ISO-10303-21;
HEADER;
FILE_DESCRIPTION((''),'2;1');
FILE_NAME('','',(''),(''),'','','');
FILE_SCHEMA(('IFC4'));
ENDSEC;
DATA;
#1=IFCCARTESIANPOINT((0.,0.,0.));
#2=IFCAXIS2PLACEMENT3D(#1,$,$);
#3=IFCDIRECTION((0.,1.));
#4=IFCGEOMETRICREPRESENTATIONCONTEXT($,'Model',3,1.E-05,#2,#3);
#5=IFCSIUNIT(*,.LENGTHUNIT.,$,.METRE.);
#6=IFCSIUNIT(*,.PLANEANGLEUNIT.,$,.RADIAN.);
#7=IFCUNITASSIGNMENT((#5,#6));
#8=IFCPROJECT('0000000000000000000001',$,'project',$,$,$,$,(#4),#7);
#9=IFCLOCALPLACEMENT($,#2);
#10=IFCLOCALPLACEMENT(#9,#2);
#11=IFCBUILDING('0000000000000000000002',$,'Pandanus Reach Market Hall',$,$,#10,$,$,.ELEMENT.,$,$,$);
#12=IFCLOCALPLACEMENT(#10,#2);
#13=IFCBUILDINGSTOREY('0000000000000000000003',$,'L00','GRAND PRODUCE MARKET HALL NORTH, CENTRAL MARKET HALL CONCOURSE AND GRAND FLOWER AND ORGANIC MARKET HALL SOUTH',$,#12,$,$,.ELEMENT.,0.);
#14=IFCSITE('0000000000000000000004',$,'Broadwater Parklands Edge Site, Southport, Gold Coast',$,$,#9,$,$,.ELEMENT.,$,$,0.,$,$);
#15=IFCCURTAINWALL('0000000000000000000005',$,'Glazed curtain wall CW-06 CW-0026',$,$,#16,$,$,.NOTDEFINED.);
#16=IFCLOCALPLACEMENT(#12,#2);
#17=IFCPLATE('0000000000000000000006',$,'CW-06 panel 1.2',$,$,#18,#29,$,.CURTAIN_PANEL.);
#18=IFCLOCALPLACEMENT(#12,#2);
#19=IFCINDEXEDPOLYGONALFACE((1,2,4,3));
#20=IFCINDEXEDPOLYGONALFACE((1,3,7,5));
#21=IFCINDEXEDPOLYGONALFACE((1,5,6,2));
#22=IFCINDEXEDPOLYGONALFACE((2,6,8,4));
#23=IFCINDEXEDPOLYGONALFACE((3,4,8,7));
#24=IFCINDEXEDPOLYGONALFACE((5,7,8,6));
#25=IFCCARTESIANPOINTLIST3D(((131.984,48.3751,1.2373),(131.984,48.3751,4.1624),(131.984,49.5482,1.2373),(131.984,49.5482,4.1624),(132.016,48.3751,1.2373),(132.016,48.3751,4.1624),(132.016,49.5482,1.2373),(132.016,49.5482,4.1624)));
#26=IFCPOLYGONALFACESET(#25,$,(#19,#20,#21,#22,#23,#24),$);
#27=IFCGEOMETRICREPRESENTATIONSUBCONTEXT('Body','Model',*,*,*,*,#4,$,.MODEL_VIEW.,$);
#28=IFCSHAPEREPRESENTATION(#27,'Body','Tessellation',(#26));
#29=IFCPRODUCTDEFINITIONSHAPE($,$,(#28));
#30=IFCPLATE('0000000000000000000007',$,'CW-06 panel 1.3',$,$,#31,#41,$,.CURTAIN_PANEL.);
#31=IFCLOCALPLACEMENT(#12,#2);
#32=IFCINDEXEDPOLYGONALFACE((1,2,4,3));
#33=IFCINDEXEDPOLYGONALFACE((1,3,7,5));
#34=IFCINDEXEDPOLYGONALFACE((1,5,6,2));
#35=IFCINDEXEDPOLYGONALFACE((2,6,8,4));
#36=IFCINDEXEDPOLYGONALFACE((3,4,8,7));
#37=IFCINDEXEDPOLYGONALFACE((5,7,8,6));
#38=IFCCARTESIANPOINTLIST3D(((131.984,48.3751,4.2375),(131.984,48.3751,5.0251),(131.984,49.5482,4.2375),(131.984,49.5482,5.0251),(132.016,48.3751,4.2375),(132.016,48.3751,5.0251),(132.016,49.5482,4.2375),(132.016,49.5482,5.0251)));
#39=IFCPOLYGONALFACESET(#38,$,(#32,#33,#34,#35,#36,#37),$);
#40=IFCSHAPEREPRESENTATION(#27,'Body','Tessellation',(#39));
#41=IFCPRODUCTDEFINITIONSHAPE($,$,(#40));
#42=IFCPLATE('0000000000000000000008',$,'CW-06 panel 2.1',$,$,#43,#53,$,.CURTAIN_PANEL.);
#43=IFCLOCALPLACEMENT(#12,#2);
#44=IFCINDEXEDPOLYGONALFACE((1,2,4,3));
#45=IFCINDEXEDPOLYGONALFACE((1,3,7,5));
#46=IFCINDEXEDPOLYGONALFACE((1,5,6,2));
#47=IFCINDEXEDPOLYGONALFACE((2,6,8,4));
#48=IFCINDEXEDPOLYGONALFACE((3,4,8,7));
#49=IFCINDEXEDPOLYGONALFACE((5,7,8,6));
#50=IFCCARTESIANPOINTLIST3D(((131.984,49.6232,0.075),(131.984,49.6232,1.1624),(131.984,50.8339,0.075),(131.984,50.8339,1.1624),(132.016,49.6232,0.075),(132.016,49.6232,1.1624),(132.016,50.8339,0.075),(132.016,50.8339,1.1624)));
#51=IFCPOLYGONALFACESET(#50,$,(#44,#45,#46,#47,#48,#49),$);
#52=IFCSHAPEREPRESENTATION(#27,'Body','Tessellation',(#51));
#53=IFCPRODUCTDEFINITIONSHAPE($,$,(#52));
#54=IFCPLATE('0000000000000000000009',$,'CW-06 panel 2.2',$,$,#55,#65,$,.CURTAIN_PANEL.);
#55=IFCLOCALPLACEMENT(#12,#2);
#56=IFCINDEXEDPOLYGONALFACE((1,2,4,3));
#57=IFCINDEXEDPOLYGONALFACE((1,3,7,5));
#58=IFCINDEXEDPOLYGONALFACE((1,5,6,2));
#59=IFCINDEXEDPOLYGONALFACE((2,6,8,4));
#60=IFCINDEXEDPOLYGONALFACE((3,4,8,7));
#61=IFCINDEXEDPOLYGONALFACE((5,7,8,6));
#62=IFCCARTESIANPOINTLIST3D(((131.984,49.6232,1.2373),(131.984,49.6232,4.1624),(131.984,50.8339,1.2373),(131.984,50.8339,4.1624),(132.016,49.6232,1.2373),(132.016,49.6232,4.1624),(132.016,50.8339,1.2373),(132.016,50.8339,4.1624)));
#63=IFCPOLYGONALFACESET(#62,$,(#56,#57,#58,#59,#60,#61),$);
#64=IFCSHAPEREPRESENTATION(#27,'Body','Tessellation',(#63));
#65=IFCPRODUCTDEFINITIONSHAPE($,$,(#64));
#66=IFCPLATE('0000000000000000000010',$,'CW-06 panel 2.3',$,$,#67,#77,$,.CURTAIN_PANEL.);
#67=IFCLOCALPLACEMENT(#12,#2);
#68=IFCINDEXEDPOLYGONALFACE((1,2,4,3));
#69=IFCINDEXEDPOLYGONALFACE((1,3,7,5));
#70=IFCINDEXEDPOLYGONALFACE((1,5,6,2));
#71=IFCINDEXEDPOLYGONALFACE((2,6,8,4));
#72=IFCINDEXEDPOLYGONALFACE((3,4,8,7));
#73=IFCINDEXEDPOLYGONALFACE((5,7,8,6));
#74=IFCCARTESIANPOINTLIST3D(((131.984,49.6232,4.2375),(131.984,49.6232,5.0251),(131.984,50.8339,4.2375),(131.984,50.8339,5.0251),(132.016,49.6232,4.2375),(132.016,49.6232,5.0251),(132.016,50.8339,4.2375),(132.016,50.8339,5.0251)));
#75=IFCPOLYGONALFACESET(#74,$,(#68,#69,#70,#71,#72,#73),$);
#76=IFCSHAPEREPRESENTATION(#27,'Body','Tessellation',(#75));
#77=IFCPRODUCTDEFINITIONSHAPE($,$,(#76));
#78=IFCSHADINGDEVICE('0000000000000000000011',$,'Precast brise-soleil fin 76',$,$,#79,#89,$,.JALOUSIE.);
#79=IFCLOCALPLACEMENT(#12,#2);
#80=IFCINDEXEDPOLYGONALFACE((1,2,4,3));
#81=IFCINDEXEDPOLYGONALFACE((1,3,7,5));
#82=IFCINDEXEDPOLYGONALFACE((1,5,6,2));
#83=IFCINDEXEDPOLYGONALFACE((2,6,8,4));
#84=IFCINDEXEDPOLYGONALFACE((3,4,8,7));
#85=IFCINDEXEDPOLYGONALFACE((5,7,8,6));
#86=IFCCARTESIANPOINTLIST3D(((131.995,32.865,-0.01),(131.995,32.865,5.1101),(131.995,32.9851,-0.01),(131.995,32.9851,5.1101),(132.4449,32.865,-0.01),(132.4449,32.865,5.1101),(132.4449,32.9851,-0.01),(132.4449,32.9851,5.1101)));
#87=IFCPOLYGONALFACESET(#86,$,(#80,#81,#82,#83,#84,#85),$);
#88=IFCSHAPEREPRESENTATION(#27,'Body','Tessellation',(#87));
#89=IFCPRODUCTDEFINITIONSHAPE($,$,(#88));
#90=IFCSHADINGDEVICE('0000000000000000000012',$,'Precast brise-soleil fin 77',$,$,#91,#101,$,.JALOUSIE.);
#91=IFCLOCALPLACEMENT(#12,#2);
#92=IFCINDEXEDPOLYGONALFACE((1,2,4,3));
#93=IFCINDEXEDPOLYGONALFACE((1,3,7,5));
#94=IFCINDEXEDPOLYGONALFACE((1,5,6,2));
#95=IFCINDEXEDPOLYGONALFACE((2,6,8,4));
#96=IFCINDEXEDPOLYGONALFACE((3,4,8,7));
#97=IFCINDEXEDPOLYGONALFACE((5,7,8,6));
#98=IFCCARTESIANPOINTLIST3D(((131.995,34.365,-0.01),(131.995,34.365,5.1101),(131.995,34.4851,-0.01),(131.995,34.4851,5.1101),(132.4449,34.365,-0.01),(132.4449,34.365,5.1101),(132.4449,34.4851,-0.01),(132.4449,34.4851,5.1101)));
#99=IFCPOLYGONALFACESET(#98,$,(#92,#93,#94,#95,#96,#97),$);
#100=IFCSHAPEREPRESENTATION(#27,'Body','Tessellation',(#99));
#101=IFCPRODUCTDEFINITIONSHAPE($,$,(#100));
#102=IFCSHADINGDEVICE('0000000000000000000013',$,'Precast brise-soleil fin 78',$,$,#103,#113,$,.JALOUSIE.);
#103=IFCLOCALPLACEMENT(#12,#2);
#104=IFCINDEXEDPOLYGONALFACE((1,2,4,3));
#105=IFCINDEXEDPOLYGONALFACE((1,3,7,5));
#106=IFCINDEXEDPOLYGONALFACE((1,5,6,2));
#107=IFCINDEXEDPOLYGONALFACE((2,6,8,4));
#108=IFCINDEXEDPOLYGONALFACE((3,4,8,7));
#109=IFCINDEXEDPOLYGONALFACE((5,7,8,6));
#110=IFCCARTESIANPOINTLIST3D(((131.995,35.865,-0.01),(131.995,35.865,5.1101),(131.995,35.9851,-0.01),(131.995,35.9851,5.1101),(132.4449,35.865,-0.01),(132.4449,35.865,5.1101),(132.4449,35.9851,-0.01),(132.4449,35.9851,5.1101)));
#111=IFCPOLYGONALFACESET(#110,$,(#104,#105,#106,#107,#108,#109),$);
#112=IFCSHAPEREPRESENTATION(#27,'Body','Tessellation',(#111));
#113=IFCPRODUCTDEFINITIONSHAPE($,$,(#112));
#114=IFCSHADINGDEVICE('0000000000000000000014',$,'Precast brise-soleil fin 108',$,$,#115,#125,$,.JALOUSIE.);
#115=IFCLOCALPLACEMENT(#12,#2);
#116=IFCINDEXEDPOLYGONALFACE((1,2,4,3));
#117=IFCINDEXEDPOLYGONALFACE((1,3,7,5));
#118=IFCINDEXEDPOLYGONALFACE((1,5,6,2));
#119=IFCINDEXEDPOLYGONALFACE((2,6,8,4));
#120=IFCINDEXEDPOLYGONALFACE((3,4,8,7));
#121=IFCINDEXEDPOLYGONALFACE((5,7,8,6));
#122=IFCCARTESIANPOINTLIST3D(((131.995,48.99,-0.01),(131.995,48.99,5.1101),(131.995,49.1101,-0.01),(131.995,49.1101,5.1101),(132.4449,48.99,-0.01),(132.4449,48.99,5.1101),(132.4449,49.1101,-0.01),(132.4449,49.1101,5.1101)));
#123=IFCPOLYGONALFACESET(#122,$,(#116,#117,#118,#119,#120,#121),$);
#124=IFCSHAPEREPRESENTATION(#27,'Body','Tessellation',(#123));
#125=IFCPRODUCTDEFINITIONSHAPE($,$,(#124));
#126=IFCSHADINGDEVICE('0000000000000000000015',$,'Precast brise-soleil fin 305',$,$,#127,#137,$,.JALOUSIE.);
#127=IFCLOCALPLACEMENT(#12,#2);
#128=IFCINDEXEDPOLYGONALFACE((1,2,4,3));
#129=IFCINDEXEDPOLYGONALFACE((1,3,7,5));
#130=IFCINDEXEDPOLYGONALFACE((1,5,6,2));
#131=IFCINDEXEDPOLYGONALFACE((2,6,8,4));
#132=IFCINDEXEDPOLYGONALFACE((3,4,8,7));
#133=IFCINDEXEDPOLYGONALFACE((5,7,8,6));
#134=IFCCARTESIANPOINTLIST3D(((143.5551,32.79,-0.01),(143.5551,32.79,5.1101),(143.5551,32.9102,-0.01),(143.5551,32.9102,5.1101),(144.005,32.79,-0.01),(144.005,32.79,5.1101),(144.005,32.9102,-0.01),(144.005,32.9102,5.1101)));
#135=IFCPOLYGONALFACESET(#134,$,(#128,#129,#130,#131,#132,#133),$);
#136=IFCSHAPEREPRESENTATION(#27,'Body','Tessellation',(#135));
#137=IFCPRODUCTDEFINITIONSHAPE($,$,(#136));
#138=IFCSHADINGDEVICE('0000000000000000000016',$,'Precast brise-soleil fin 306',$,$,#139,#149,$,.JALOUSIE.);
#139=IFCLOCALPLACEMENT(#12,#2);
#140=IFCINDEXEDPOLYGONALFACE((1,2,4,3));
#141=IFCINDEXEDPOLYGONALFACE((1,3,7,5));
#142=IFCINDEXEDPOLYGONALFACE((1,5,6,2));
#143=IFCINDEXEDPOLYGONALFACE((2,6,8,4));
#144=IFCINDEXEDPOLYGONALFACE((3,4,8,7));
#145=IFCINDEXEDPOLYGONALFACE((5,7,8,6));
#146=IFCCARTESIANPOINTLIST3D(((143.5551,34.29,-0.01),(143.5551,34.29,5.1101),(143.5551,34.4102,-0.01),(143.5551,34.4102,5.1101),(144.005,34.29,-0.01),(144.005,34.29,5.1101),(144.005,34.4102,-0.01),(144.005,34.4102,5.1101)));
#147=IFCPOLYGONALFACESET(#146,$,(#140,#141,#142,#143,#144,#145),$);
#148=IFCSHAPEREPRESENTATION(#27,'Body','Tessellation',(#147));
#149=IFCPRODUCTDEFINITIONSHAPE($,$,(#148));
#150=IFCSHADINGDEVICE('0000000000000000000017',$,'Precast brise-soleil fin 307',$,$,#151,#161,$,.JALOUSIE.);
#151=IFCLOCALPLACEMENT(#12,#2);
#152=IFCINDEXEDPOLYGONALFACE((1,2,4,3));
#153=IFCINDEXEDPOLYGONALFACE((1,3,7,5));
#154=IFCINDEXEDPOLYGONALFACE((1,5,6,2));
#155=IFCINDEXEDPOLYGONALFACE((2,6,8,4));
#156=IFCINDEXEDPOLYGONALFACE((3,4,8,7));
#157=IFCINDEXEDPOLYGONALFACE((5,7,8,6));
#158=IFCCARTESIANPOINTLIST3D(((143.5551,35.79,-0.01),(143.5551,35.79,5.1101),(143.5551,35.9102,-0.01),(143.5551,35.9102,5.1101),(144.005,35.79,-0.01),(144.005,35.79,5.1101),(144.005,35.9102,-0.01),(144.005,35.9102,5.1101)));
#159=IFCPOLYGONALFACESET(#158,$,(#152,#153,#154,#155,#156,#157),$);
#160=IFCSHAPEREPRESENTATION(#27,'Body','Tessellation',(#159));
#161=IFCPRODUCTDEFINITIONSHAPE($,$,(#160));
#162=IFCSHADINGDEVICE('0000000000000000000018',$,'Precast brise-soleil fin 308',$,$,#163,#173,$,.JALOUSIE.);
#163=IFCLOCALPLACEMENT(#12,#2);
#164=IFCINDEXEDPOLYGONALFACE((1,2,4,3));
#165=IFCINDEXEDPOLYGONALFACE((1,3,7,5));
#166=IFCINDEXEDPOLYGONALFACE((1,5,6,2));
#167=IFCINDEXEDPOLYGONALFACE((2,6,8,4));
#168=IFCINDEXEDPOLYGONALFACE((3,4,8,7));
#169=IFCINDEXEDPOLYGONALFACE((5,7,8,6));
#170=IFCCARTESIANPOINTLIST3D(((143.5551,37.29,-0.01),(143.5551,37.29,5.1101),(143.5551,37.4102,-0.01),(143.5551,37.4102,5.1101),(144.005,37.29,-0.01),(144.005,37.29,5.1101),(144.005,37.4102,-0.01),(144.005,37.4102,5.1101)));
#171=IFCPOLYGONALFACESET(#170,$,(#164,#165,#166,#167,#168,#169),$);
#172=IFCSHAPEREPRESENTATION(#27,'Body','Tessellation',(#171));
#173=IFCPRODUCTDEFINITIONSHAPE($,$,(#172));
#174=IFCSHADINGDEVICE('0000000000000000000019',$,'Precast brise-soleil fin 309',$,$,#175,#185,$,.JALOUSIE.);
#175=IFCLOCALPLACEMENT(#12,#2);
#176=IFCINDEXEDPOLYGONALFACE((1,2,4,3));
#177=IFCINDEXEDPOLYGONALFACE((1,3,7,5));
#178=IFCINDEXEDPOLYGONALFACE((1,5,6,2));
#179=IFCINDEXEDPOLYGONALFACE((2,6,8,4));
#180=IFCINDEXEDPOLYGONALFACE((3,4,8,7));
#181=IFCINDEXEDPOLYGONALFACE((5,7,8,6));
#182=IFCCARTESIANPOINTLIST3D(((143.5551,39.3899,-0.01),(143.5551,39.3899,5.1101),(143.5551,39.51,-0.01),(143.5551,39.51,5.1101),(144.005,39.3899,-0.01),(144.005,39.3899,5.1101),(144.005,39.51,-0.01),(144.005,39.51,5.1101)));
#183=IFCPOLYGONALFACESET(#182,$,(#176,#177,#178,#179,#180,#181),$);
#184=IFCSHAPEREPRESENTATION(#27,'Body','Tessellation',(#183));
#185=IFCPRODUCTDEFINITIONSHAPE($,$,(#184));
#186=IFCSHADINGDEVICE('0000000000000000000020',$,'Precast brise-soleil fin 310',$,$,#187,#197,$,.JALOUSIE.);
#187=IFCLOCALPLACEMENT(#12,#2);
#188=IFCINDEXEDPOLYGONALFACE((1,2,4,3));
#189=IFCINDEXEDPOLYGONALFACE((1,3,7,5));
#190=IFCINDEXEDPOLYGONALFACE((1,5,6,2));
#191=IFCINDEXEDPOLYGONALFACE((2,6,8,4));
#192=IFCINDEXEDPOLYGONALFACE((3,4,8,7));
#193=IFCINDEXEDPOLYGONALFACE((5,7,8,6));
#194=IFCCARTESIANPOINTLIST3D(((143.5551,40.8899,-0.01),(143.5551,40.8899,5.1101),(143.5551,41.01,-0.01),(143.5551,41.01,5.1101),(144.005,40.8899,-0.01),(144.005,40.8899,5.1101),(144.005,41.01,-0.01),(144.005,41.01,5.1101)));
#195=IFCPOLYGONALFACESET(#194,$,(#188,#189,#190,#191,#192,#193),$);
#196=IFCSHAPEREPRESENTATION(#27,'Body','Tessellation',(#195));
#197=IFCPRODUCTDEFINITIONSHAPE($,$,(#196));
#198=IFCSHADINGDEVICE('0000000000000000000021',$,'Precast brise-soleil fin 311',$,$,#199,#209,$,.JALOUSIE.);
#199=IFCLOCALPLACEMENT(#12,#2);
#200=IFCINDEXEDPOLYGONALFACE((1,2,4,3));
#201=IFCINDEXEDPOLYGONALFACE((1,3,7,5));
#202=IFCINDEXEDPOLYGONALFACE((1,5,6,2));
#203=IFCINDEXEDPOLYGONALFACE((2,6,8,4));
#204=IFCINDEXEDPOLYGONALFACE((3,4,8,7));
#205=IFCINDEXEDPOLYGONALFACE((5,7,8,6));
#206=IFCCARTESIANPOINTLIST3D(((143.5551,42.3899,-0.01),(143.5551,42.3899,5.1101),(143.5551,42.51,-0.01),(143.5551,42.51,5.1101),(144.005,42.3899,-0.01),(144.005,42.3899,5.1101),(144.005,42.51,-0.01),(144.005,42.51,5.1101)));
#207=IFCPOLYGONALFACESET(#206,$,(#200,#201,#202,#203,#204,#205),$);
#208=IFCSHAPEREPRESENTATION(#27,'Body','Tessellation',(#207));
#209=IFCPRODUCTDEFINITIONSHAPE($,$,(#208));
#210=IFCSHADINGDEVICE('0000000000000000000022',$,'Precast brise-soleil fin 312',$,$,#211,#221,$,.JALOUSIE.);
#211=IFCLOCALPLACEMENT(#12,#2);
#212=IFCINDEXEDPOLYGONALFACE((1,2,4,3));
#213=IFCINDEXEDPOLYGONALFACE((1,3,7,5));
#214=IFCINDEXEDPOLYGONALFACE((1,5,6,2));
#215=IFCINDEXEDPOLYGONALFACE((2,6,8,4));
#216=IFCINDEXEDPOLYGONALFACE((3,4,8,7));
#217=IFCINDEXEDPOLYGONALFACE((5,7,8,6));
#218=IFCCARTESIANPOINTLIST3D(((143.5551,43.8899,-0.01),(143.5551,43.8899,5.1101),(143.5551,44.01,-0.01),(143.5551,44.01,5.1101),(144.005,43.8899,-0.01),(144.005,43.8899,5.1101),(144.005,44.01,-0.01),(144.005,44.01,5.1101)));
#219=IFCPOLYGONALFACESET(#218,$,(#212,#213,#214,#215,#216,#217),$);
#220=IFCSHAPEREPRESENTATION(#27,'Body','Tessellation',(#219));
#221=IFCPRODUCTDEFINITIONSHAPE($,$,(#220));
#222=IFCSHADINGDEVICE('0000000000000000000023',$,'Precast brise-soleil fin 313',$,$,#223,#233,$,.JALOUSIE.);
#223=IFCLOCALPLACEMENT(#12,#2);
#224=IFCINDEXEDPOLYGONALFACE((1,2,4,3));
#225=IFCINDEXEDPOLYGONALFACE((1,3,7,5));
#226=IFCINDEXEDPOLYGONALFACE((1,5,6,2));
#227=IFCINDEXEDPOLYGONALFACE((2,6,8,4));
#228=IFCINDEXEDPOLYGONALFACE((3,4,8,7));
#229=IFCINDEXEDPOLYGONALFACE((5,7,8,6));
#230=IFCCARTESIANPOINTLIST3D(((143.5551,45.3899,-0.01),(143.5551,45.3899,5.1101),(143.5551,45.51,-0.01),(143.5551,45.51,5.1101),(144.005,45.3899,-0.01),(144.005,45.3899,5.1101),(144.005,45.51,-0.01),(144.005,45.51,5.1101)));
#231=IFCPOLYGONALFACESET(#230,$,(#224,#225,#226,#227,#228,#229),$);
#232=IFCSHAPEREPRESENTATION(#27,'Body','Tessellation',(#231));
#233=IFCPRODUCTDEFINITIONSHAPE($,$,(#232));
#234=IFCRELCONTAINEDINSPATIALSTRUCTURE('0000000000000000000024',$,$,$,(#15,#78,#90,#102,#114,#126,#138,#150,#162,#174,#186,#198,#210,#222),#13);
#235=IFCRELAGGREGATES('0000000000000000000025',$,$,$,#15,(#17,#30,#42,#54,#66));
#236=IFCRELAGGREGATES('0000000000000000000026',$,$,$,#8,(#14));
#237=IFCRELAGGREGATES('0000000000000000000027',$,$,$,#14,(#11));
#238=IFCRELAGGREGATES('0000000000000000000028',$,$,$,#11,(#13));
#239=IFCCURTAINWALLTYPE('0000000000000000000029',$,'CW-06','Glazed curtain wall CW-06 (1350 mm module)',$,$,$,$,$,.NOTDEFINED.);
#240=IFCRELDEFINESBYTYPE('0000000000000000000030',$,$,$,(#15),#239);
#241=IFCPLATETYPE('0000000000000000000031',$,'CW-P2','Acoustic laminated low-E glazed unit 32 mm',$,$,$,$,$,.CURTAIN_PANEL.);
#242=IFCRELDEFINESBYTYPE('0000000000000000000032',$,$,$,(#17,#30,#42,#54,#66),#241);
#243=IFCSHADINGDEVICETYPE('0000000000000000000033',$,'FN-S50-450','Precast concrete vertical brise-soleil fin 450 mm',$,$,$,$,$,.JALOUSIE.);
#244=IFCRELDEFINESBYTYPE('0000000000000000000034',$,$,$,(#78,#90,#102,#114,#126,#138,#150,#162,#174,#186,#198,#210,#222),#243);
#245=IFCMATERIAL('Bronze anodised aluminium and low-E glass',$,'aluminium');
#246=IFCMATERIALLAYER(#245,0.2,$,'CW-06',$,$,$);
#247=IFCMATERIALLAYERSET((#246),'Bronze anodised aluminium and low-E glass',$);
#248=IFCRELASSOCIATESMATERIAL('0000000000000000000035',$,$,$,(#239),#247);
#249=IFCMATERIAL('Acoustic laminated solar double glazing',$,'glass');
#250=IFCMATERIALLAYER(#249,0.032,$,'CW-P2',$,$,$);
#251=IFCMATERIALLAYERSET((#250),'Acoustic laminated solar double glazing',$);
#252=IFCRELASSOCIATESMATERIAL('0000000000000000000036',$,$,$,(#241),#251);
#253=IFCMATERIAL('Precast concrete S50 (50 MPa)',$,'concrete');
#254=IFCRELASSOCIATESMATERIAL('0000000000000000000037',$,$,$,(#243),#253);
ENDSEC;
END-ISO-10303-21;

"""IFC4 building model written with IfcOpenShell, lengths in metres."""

from ifc_helpers import new_model, si_unit, direction, frame, origin, origin_2d, place, context, subcontext, project, spatial, rectangle, extrude, material, layer, layer_set, type_object, element, aggregate, save


model = new_model("IFC4")

# Units and contexts
model_context = context("Model", 3, precision=1e-05, world=origin(), true_north=direction((0.0, 1.0)))
body_context = subcontext(model_context, "Body", "Model", "MODEL_VIEW")
ifc_project = project(units=[si_unit("LENGTHUNIT", "METRE"), si_unit("PLANEANGLEUNIT", "RADIAN")], contexts=[model_context])

# Site, building, storey
site_placement = place(None, origin())
site = spatial("IfcSite", under=ifc_project, at=site_placement, Name="Broadwater Parklands Edge Site, Southport, Gold Coast", CompositionType="ELEMENT", RefElevation=0.0)
building_placement = place(site_placement, origin())
building = spatial("IfcBuilding", under=site, at=building_placement, Name="Pandanus Reach Market Hall", CompositionType="ELEMENT")
storey_placement = place(building_placement, origin())
storey = spatial("IfcBuildingStorey", under=building, at=storey_placement, Name="L00", Description="GRAND PRODUCE MARKET HALL NORTH, CENTRAL MARKET HALL CONCOURSE AND GRAND FLOWER AND ORGANIC MARKET HALL SOUTH", CompositionType="ELEMENT", Elevation=0.0)

# Curtain wall, plates
ifc_material_1 = material(Name="Bronze anodised aluminium and low-E glass", Category="aluminium")
ifc_layer_1 = layer(ifc_material_1, 0.2, Name="CW-06")
ifc_layer_set_1 = layer_set([ifc_layer_1], Name="Bronze anodised aluminium and low-E glass")
curtain_wall_type = type_object("IfcCurtainWallType", Name="CW-06", Description="Glazed curtain wall CW-06 (1350 mm module)", PredefinedType="NOTDEFINED", material=ifc_layer_set_1)
curtain_wall_placement = place(storey_placement, origin())
curtain_wall = element("IfcCurtainWall", 1, at=curtain_wall_placement, inside=storey, type_object=curtain_wall_type, Name="Glazed curtain wall CW-06 CW-0026", PredefinedType="NOTDEFINED")
ifc_material_2 = material(Name="Acoustic laminated solar double glazing", Category="glass")
ifc_layer_2 = layer(ifc_material_2, 0.032, Name="CW-P2")
ifc_layer_set_2 = layer_set([ifc_layer_2], Name="Acoustic laminated solar double glazing")
plate_type = type_object("IfcPlateType", Name="CW-P2", Description="Acoustic laminated low-E glazed unit 32 mm", PredefinedType="CURTAIN_PANEL", material=ifc_layer_set_2)
plate_1_placement = place(storey_placement, frame((132.0, 48.9617, 1.2373), z_axis=(0.0, 0.0, 1.0), x_axis=(0.0, 1.0, 0.0)))
plate_1 = element("IfcPlate", 2, at=plate_1_placement, type_object=plate_type, Name="CW-06 panel 1.2", PredefinedType="CURTAIN_PANEL", context=body_context, shape_type="SweptSolid", body=[
    extrude(rectangle(XDim=1.1731, YDim=0.032, at=origin_2d()), origin(), (0.0, 0.0, 1.0), 2.925),
])
plate_2_placement = place(storey_placement, frame((132.0, 48.9617, 4.2375), z_axis=(0.0, 0.0, 1.0), x_axis=(0.0, 1.0, 0.0)))
plate_2 = element("IfcPlate", 3, at=plate_2_placement, type_object=plate_type, Name="CW-06 panel 1.3", PredefinedType="CURTAIN_PANEL", context=body_context, shape_type="SweptSolid", body=[
    extrude(rectangle(XDim=1.1731, YDim=0.032, at=origin_2d()), origin(), (0.0, 0.0, 1.0), 0.7876),
])
plate_3_placement = place(storey_placement, frame((132.0, 50.2285, 0.075), z_axis=(0.0, 0.0, 1.0), x_axis=(0.0, 1.0, 0.0)))
plate_3 = element("IfcPlate", 4, at=plate_3_placement, type_object=plate_type, Name="CW-06 panel 2.1", PredefinedType="CURTAIN_PANEL", context=body_context, shape_type="SweptSolid", body=[
    extrude(rectangle(XDim=1.2107, YDim=0.032, at=origin_2d()), origin(), (0.0, 0.0, 1.0), 1.0874),
])
plate_4_placement = place(storey_placement, frame((132.0, 50.2285, 1.2373), z_axis=(0.0, 0.0, 1.0), x_axis=(0.0, 1.0, 0.0)))
plate_4 = element("IfcPlate", 5, at=plate_4_placement, type_object=plate_type, Name="CW-06 panel 2.2", PredefinedType="CURTAIN_PANEL", context=body_context, shape_type="SweptSolid", body=[
    extrude(rectangle(XDim=1.2107, YDim=0.032, at=origin_2d()), origin(), (0.0, 0.0, 1.0), 2.925),
])
plate_5_placement = place(storey_placement, frame((132.0, 50.2285, 4.2375), z_axis=(0.0, 0.0, 1.0), x_axis=(0.0, 1.0, 0.0)))
plate_5 = element("IfcPlate", 6, at=plate_5_placement, type_object=plate_type, Name="CW-06 panel 2.3", PredefinedType="CURTAIN_PANEL", context=body_context, shape_type="SweptSolid", body=[
    extrude(rectangle(XDim=1.2107, YDim=0.032, at=origin_2d()), origin(), (0.0, 0.0, 1.0), 0.7876),
])
aggregate(curtain_wall, [plate_1, plate_2, plate_3, plate_4, plate_5])

# Shading devices
ifc_material_3 = material(Name="Precast concrete S50 (50 MPa)", Category="concrete")
shading_device_type = type_object("IfcShadingDeviceType", Name="FN-S50-450", Description="Precast concrete vertical brise-soleil fin 450 mm", PredefinedType="JALOUSIE", material=ifc_material_3)
for number, where, z_axis, x_axis, name in (
    (7, (132.22, 32.925, -0.01), (0.0, 0.0, 1.0), (1.0, 0.0, 0.0), "Precast brise-soleil fin 76"),
    (8, (132.22, 34.425, -0.01), (0.0, 0.0, 1.0), (1.0, 0.0, 0.0), "Precast brise-soleil fin 77"),
    (9, (132.22, 35.925, -0.01), (0.0, 0.0, 1.0), (1.0, 0.0, 0.0), "Precast brise-soleil fin 78"),
    (10, (132.22, 49.05, -0.01), (0.0, 0.0, 1.0), (1.0, 0.0, 0.0), "Precast brise-soleil fin 108"),
    (11, (143.78, 32.8501, -0.01), (0.0, 0.0, 1.0), (-1.0, 0.0, 0.0), "Precast brise-soleil fin 305"),
    (12, (143.78, 34.3501, -0.01), (0.0, 0.0, 1.0), (-1.0, 0.0, 0.0), "Precast brise-soleil fin 306"),
    (13, (143.78, 35.8501, -0.01), (0.0, 0.0, 1.0), (-1.0, 0.0, 0.0), "Precast brise-soleil fin 307"),
    (14, (143.78, 37.3501, -0.01), (0.0, 0.0, 1.0), (-1.0, 0.0, 0.0), "Precast brise-soleil fin 308"),
    (15, (143.78, 39.45, -0.01), (0.0, 0.0, 1.0), (-1.0, 0.0, 0.0), "Precast brise-soleil fin 309"),
    (16, (143.78, 40.95, -0.01), (0.0, 0.0, 1.0), (-1.0, 0.0, 0.0), "Precast brise-soleil fin 310"),
    (17, (143.78, 42.45, -0.01), (0.0, 0.0, 1.0), (-1.0, 0.0, 0.0), "Precast brise-soleil fin 311"),
    (18, (143.78, 43.95, -0.01), (0.0, 0.0, 1.0), (-1.0, 0.0, 0.0), "Precast brise-soleil fin 312"),
    (19, (143.78, 45.45, -0.01), (0.0, 0.0, 1.0), (-1.0, 0.0, 0.0), "Precast brise-soleil fin 313"),
):
    element("IfcShadingDevice", number, at=place(storey_placement, frame(where, z_axis=z_axis, x_axis=x_axis)), inside=storey, type_object=shading_device_type, Name=name, PredefinedType="JALOUSIE", context=body_context, shape_type="SweptSolid", body=[
        extrude(rectangle(XDim=0.45, YDim=0.1201, at=origin_2d()), origin(), (0.0, 0.0, 1.0), 5.1201),
    ])

save(model, "model.ifc")
